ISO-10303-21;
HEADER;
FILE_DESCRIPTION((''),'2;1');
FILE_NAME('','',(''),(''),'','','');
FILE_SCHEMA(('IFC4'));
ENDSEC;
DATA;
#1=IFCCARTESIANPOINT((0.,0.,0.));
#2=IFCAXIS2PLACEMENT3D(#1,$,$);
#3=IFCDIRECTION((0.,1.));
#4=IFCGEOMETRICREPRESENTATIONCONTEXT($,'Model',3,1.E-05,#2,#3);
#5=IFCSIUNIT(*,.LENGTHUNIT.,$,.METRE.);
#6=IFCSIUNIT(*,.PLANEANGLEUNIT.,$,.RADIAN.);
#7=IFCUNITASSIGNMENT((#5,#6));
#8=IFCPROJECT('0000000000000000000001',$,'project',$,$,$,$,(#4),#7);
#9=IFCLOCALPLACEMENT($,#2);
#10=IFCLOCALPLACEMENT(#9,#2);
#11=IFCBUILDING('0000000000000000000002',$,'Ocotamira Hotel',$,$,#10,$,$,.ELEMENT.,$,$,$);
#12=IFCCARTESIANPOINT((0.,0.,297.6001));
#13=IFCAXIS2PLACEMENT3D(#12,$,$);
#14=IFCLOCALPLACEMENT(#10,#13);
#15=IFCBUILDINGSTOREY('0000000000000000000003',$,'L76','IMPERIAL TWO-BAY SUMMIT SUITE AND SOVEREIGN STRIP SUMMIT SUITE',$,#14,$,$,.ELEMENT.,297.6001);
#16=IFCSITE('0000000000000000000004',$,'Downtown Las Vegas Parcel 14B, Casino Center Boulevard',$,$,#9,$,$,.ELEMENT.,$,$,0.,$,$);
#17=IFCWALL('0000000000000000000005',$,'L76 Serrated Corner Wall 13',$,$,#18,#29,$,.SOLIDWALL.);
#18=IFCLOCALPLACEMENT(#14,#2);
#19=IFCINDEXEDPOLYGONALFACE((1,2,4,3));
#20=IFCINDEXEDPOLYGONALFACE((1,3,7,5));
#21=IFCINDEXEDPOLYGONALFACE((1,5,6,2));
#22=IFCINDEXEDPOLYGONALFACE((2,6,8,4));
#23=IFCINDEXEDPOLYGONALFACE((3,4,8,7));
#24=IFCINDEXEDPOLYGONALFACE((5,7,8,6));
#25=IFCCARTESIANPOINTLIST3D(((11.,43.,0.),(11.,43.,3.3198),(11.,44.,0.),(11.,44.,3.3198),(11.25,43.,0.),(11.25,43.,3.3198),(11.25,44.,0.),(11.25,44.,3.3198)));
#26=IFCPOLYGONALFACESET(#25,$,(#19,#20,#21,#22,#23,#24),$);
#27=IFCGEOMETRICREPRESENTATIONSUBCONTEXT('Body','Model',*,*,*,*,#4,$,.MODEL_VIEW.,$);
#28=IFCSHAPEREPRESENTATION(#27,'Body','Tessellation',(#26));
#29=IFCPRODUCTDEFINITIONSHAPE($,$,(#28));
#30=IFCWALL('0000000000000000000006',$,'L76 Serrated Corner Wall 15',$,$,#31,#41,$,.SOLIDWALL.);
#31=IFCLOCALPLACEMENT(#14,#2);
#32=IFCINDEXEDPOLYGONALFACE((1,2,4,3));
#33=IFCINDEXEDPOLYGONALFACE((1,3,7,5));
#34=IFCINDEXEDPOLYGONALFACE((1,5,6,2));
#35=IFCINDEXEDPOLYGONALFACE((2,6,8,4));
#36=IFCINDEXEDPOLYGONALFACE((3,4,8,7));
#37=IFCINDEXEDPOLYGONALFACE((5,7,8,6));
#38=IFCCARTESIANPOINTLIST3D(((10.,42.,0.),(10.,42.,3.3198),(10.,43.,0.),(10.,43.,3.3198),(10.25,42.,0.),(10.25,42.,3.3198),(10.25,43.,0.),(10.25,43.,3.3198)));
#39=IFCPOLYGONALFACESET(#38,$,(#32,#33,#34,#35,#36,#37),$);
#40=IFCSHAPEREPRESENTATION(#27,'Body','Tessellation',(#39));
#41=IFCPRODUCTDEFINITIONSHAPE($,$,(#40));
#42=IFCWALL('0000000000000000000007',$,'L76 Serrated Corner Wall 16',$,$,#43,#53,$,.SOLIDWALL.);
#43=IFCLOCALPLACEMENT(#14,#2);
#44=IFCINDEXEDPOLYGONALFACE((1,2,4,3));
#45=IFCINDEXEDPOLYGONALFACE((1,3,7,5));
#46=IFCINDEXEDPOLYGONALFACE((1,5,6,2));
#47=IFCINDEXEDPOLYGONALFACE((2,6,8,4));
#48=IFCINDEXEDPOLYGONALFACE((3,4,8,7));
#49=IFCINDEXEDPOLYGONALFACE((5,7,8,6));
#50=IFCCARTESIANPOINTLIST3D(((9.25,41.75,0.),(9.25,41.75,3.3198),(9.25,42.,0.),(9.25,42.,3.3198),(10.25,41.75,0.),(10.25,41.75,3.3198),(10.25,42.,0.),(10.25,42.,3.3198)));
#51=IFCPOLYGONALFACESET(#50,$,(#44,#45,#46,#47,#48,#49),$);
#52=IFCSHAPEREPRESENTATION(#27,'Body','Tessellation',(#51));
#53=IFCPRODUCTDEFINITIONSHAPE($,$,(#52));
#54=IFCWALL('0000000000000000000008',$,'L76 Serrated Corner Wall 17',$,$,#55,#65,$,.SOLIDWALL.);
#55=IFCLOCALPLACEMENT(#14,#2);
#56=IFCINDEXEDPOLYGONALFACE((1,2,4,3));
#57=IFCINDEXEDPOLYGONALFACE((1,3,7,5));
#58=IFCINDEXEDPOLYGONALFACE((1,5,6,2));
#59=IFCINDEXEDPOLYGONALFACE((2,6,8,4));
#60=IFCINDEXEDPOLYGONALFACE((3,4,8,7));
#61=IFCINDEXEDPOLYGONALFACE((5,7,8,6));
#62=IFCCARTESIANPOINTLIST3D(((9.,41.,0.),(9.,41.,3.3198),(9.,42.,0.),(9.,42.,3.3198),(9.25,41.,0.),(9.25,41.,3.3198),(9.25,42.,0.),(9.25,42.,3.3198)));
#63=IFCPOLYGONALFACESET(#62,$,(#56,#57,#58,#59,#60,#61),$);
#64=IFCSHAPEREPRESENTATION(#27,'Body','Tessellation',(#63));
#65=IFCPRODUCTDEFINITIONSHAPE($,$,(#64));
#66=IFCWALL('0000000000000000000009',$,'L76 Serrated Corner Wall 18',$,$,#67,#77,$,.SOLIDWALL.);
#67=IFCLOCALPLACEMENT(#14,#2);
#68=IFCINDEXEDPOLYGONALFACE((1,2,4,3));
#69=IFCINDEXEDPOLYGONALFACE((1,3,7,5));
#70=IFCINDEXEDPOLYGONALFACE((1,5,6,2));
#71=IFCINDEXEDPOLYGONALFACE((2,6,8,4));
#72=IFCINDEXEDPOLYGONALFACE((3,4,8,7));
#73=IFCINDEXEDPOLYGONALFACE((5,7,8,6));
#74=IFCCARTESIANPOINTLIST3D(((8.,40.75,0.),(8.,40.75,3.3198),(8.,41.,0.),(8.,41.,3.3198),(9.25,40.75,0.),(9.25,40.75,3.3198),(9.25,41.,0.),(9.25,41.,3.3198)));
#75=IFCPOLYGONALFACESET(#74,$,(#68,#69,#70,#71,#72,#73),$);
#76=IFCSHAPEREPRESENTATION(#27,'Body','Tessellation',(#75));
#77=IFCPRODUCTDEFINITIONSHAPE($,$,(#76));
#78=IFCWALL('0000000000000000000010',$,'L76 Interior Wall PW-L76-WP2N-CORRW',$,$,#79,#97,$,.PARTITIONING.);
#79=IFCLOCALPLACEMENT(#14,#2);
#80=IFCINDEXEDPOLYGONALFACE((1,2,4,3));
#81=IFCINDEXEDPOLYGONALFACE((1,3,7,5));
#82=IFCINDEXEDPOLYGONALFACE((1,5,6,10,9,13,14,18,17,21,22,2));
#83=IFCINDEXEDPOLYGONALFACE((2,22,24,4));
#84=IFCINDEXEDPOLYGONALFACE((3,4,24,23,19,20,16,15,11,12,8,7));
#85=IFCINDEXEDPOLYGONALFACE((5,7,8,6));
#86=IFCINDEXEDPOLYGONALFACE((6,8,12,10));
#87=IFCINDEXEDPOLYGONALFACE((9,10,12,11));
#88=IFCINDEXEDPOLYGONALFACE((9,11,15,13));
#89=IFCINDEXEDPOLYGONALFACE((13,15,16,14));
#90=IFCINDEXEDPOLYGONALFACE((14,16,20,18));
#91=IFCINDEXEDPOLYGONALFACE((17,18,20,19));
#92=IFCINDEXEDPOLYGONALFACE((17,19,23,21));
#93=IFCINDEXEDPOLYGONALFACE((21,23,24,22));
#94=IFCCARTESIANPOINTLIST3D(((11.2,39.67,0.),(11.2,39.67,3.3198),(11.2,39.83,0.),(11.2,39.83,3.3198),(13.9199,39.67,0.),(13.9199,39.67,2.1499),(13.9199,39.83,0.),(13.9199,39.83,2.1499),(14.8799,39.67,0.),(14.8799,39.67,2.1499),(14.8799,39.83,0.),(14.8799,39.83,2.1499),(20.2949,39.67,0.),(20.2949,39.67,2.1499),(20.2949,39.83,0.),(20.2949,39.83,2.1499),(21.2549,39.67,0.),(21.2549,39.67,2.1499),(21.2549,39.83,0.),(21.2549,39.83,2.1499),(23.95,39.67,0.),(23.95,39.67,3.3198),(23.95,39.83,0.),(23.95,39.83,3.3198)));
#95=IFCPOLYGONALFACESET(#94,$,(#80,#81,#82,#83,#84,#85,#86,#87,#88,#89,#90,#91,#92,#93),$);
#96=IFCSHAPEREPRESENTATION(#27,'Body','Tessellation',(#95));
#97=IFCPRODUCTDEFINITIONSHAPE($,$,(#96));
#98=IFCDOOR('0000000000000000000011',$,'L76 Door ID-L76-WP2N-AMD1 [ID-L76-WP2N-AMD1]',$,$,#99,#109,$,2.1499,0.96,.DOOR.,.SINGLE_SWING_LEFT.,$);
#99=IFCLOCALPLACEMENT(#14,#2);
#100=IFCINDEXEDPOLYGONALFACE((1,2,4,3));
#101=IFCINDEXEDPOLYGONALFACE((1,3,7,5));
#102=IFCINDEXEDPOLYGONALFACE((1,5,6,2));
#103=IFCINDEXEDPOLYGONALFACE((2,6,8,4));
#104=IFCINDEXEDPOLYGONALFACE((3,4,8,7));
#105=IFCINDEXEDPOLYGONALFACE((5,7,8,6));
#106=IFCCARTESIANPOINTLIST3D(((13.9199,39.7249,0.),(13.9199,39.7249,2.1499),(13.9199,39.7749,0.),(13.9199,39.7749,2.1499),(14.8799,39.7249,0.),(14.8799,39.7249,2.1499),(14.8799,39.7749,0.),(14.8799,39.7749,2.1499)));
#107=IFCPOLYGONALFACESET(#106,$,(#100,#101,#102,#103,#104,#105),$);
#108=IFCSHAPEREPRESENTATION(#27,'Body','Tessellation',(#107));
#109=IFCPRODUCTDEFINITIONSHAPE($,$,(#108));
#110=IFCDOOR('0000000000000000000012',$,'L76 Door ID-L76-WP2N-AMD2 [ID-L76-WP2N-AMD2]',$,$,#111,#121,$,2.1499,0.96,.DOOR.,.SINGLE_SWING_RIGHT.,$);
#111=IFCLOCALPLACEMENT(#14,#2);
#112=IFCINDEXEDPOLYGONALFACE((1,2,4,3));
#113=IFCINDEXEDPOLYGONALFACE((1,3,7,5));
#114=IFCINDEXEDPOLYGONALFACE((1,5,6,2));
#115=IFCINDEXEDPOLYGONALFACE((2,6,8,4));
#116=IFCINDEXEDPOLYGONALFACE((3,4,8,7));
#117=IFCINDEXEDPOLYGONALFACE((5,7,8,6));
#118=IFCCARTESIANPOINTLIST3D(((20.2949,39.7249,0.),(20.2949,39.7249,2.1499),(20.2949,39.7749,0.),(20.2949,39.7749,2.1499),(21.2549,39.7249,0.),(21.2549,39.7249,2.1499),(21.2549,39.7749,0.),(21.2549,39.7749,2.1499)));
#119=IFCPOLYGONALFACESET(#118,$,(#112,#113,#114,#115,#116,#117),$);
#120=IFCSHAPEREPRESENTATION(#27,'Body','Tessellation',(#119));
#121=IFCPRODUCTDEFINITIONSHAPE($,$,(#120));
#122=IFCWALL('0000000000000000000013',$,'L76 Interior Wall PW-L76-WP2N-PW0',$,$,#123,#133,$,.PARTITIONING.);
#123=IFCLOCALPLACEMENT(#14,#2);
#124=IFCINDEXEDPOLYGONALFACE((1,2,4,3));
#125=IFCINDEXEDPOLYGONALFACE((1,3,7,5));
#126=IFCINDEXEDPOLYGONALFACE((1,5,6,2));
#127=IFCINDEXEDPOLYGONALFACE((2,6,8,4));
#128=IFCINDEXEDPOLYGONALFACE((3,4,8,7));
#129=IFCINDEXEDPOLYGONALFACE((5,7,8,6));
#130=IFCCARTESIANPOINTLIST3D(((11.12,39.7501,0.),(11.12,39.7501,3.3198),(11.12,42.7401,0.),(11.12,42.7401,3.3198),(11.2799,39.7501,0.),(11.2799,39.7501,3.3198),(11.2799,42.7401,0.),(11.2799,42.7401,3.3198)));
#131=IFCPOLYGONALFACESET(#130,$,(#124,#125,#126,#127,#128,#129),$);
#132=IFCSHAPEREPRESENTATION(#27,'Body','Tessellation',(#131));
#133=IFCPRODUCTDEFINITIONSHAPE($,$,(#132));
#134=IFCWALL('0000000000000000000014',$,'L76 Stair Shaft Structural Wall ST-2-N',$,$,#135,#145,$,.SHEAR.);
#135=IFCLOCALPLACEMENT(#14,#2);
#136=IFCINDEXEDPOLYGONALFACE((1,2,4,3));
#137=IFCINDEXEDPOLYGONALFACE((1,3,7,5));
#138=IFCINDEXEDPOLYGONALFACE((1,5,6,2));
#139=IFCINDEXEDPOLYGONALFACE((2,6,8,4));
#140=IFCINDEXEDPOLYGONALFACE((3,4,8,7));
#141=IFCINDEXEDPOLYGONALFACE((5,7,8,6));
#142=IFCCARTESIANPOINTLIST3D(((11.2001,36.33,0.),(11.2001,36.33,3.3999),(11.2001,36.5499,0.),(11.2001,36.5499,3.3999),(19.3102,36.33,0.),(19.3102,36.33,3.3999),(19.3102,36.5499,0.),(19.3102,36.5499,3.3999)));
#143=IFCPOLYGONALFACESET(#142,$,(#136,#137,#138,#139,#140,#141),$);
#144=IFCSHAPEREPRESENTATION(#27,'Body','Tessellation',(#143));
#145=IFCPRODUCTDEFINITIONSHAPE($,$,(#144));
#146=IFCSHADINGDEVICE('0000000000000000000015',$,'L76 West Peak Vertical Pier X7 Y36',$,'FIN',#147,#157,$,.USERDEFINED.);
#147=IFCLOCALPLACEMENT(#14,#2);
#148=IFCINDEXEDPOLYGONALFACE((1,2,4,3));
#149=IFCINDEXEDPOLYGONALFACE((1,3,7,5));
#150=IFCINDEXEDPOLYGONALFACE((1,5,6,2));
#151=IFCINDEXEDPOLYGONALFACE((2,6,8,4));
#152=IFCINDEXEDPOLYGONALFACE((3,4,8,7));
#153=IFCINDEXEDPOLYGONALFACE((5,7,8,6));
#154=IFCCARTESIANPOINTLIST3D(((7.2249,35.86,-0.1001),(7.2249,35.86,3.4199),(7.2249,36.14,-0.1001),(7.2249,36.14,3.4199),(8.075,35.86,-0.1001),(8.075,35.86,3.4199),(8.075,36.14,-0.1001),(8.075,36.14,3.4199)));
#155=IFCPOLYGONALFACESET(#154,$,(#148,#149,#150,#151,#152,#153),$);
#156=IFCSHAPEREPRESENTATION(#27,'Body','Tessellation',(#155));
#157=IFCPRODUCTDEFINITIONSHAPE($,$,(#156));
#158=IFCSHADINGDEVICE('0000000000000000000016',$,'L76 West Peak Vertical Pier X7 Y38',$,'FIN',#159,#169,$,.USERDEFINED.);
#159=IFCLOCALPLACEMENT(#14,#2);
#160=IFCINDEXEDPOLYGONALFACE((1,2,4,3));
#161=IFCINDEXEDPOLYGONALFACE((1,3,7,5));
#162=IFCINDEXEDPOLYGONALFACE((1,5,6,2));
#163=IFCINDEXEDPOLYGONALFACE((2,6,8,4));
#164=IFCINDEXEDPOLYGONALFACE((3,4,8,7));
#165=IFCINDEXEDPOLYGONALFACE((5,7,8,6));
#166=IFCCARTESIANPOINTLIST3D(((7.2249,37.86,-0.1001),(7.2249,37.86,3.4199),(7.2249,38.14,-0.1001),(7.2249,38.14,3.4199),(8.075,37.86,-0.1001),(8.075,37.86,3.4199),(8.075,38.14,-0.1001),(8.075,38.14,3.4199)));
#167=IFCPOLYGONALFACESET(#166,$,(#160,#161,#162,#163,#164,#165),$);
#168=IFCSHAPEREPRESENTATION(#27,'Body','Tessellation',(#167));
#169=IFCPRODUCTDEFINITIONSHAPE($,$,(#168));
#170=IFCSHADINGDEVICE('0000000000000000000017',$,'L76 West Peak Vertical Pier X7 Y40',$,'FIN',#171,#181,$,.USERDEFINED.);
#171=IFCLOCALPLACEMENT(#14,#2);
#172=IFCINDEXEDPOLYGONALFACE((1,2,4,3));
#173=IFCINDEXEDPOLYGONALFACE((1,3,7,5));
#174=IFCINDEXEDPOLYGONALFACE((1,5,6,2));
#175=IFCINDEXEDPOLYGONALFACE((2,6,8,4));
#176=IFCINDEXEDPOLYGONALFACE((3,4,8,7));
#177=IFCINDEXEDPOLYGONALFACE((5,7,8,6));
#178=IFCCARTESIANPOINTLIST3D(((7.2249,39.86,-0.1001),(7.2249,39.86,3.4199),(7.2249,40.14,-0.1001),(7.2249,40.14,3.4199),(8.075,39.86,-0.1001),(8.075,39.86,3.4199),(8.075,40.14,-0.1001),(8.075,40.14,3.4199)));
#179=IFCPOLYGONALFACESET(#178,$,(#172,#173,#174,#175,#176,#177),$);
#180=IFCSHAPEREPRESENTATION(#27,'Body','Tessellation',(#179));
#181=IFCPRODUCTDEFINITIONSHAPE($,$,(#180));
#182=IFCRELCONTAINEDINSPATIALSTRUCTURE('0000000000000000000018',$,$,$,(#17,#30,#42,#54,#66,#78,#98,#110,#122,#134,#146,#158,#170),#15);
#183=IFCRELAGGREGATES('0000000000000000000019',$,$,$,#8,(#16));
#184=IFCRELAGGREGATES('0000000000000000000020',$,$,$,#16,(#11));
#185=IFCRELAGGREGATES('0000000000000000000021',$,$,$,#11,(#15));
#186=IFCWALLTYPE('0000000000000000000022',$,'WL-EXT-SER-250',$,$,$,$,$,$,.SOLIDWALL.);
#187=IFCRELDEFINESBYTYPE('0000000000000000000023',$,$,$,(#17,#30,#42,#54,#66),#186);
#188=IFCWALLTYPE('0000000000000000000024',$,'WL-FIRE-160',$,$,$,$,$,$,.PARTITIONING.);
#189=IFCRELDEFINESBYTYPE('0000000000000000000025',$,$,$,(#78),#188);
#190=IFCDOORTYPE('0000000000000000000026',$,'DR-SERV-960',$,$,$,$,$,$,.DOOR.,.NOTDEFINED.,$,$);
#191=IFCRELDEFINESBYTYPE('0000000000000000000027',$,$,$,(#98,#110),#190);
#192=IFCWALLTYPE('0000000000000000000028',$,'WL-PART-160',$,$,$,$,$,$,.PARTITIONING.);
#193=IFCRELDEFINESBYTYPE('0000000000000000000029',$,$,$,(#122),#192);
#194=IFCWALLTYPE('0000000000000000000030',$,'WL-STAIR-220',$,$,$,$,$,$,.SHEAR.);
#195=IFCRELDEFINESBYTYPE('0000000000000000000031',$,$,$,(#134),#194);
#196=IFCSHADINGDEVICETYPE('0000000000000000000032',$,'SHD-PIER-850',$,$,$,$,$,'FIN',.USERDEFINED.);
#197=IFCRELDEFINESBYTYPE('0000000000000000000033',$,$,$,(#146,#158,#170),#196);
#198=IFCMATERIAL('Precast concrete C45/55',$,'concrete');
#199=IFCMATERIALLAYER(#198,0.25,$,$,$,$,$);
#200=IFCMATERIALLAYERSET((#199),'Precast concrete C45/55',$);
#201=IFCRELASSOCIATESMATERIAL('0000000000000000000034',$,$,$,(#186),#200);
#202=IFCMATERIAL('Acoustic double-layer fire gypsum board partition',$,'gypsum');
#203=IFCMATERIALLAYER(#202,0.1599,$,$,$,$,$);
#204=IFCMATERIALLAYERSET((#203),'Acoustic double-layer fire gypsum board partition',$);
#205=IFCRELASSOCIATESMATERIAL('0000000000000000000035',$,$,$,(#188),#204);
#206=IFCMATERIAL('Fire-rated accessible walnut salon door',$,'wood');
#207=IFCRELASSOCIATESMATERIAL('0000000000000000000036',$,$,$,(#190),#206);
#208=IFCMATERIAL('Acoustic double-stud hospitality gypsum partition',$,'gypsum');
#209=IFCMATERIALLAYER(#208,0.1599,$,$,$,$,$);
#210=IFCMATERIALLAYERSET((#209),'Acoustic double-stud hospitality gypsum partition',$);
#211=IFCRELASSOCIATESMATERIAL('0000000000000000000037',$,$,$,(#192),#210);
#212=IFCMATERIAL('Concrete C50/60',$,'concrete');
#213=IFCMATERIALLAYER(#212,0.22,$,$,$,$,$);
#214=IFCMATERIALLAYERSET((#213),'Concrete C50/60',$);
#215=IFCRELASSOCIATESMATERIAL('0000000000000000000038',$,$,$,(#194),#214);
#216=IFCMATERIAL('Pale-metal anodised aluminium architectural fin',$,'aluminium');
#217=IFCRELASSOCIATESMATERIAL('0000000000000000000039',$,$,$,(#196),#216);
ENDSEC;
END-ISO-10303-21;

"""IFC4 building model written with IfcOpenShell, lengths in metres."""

from ifc_helpers import new_model, si_unit, direction, frame, frame_2d, origin, origin_2d, place, context, subcontext, project, spatial, rectangle, extrude, source, transform, mapped, material, layer, layer_set, type_object, element, fill, save


model = new_model("IFC4")

# Units and contexts
model_context = context("Model", 3, precision=1e-05, world=origin(), true_north=direction((0.0, 1.0)))
body_context = subcontext(model_context, "Body", "Model", "MODEL_VIEW")
ifc_project = project(units=[si_unit("LENGTHUNIT", "METRE"), si_unit("PLANEANGLEUNIT", "RADIAN")], contexts=[model_context])

# Site, building, storey
site_placement = place(None, origin())
site = spatial("IfcSite", under=ifc_project, at=site_placement, Name="Downtown Las Vegas Parcel 14B, Casino Center Boulevard", CompositionType="ELEMENT", RefElevation=0.0)
building_placement = place(site_placement, origin())
building = spatial("IfcBuilding", under=site, at=building_placement, Name="Ocotamira Hotel", CompositionType="ELEMENT")
storey_placement = place(building_placement, frame((0.0, 0.0, 297.6001)))
storey = spatial("IfcBuildingStorey", under=building, at=storey_placement, Name="L76", Description="IMPERIAL TWO-BAY SUMMIT SUITE AND SOVEREIGN STRIP SUMMIT SUITE", CompositionType="ELEMENT", Elevation=297.6001)

# Shared definitions
ifc_material_1 = material(Name="Concrete C50/60", Category="concrete")

# Walls
ifc_material_2 = material(Name="Precast concrete C45/55", Category="concrete")
ifc_layer_1 = layer(ifc_material_2, 0.25)
ifc_layer_set_1 = layer_set([ifc_layer_1], Name="Precast concrete C45/55")
wall_type_1 = type_object("IfcWallType", Name="WL-EXT-SER-250", PredefinedType="SOLIDWALL", material=ifc_layer_set_1)
for number, where, z_axis, x_axis, name in (
    (1, (11.125, 44.0, 0.0), (0.0, 0.0, 1.0), (0.0, -1.0, 0.0), "L76 Serrated Corner Wall 13"),
    (2, (10.125, 43.0, 0.0), (0.0, 0.0, 1.0), (0.0, -1.0, 0.0), "L76 Serrated Corner Wall 15"),
    (3, (10.25, 41.875, 0.0), (0.0, 0.0, 1.0), (-1.0, 0.0, 0.0), "L76 Serrated Corner Wall 16"),
    (4, (9.125, 42.0, 0.0), (0.0, 0.0, 1.0), (0.0, -1.0, 0.0), "L76 Serrated Corner Wall 17"),
):
    element("IfcWall", number, at=place(storey_placement, frame(where, z_axis=z_axis, x_axis=x_axis)), inside=storey, type_object=wall_type_1, Name=name, PredefinedType="SOLIDWALL", context=body_context, shape_type="SweptSolid", body=[
        extrude(rectangle(XDim=1.0, YDim=0.25, at=frame_2d((0.5, 0.0))), origin(), (0.0, 0.0, 1.0), 3.3198),
    ])
wall_1_placement = place(storey_placement, frame((9.25, 40.875, 0.0), z_axis=(0.0, 0.0, 1.0), x_axis=(-1.0, 0.0, 0.0)))
element("IfcWall", 5, at=wall_1_placement, inside=storey, type_object=wall_type_1, Name="L76 Serrated Corner Wall 18", PredefinedType="SOLIDWALL", context=body_context, shape_type="SweptSolid", body=[
    extrude(rectangle(XDim=1.25, YDim=0.25, at=frame_2d((0.625, 0.0))), origin(), (0.0, 0.0, 1.0), 3.3198),
])

# Wall, openings, doors
ifc_material_3 = material(Name="Acoustic double-layer fire gypsum board partition", Category="gypsum")
ifc_layer_2 = layer(ifc_material_3, 0.1599)
ifc_layer_set_2 = layer_set([ifc_layer_2], Name="Acoustic double-layer fire gypsum board partition")
wall_type_2 = type_object("IfcWallType", Name="WL-FIRE-160", PredefinedType="PARTITIONING", material=ifc_layer_set_2)
wall_2_placement = place(storey_placement, frame((11.2, 39.75, 0.0), z_axis=(0.0, 0.0, 1.0), x_axis=(1.0, 0.0, 0.0)))
wall_2 = element("IfcWall", 6, at=wall_2_placement, inside=storey, type_object=wall_type_2, Name="L76 Interior Wall PW-L76-WP2N-CORRW", PredefinedType="PARTITIONING", context=body_context, shape_type="SweptSolid", body=[
    extrude(rectangle(XDim=12.75, YDim=0.1599, at=frame_2d((6.375, 0.0))), origin(), (0.0, 0.0, 1.0), 3.3198),
])
opening_1_placement = place(wall_2_placement, frame((2.72, 0.0, 0.0)))
opening_1 = element("IfcOpeningElement", 7, at=opening_1_placement, cuts=wall_2, PredefinedType="OPENING", context=body_context, shape_type="SweptSolid", body=[
    extrude(rectangle(XDim=0.96, YDim=2.1499, at=frame_2d((0.48, 1.075))), frame((0.0, 0.0898, 0.0), z_axis=(0.0, -1.0, 0.0), x_axis=(1.0, 0.0, 0.0)), (0.0, 0.0, 1.0), 0.1799),
])
opening_2_placement = place(wall_2_placement, frame((9.095, 0.0, 0.0)))
opening_2 = element("IfcOpeningElement", 8, at=opening_2_placement, cuts=wall_2, PredefinedType="OPENING", context=body_context, shape_type="SweptSolid", body=[
    extrude(rectangle(XDim=0.96, YDim=2.1499, at=frame_2d((0.48, 1.075))), frame((0.0, 0.0898, 0.0), z_axis=(0.0, -1.0, 0.0), x_axis=(1.0, 0.0, 0.0)), (0.0, 0.0, 1.0), 0.1799),
])
ifc_material_4 = material(Name="Fire-rated accessible walnut salon door", Category="wood")
door_type_1 = type_object("IfcDoorType", Name="DR-SERV-960", OperationType="NOTDEFINED", PredefinedType="DOOR", material=ifc_material_4)
shared_shape_1 = source(origin(), body_context, "Body", "SweptSolid", [
    extrude(rectangle(XDim=0.96, YDim=2.1499, at=frame_2d((0.48, 1.075))), frame((0.0, 0.0249, 0.0), z_axis=(0.0, -1.0, 0.0), x_axis=(1.0, 0.0, 0.0)), (0.0, 0.0, 1.0), 0.05),
])
door_1_placement = place(opening_1_placement, origin())
door_1 = element("IfcDoor", 9, at=door_1_placement, inside=storey, type_object=door_type_1, Name="L76 Door ID-L76-WP2N-AMD1 [ID-L76-WP2N-AMD1]", OperationType="SINGLE_SWING_LEFT", OverallHeight=2.1499, OverallWidth=0.96, PredefinedType="DOOR", context=body_context, shape_type="MappedRepresentation", body=[
    mapped(shared_shape_1, transform((0.0, 0.0, 0.0), scale=1.0)),
])
fill(opening_1, door_1)
door_2_placement = place(opening_2_placement, origin())
door_2 = element("IfcDoor", 10, at=door_2_placement, inside=storey, type_object=door_type_1, Name="L76 Door ID-L76-WP2N-AMD2 [ID-L76-WP2N-AMD2]", OperationType="SINGLE_SWING_RIGHT", OverallHeight=2.1499, OverallWidth=0.96, PredefinedType="DOOR", context=body_context, shape_type="MappedRepresentation", body=[
    mapped(shared_shape_1, transform((0.0, 0.0, 0.0), scale=1.0)),
])
fill(opening_2, door_2)

# Walls
ifc_material_5 = material(Name="Acoustic double-stud hospitality gypsum partition", Category="gypsum")
ifc_layer_3 = layer(ifc_material_5, 0.1599)
ifc_layer_set_3 = layer_set([ifc_layer_3], Name="Acoustic double-stud hospitality gypsum partition")
wall_type_3 = type_object("IfcWallType", Name="WL-PART-160", PredefinedType="PARTITIONING", material=ifc_layer_set_3)
wall_3_placement = place(storey_placement, frame((11.2, 39.75, 0.0), z_axis=(0.0, 0.0, 1.0), x_axis=(0.0, 1.0, 0.0)))
element("IfcWall", 11, at=wall_3_placement, inside=storey, type_object=wall_type_3, Name="L76 Interior Wall PW-L76-WP2N-PW0", PredefinedType="PARTITIONING", context=body_context, shape_type="SweptSolid", body=[
    extrude(rectangle(XDim=2.99, YDim=0.1599, at=frame_2d((1.4951, 0.0))), origin(), (0.0, 0.0, 1.0), 3.3198),
])
ifc_layer_4 = layer(ifc_material_1, 0.22)
ifc_layer_set_4 = layer_set([ifc_layer_4], Name="Concrete C50/60")
wall_type_4 = type_object("IfcWallType", Name="WL-STAIR-220", PredefinedType="SHEAR", material=ifc_layer_set_4)
wall_4_placement = place(storey_placement, frame((11.2, 36.4399, 0.0), z_axis=(0.0, 0.0, 1.0), x_axis=(1.0, 0.0, 0.0)))
element("IfcWall", 12, at=wall_4_placement, inside=storey, type_object=wall_type_4, Name="L76 Stair Shaft Structural Wall ST-2-N", PredefinedType="SHEAR", context=body_context, shape_type="SweptSolid", body=[
    extrude(rectangle(XDim=8.1101, YDim=0.22, at=frame_2d((4.0552, 0.0))), origin(), (0.0, 0.0, 1.0), 3.3999),
])

# Shading devices
ifc_material_6 = material(Name="Pale-metal anodised aluminium architectural fin", Category="aluminium")
shading_device_type = type_object("IfcShadingDeviceType", Name="SHD-PIER-850", ElementType="FIN", PredefinedType="USERDEFINED", material=ifc_material_6)
shared_shape_2 = source(origin(), body_context, "Body", "SweptSolid", [
    extrude(rectangle(XDim=0.8501, YDim=0.28, at=origin_2d()), origin(), (0.0, 0.0, 1.0), 3.52),
])
for number, where, z_axis, x_axis, name in (
    (13, (7.6499, 36.0, -0.1001), (0.0, 0.0, 1.0), (1.0, 0.0, 0.0), "L76 West Peak Vertical Pier X7 Y36"),
    (14, (7.6499, 38.0, -0.1001), (0.0, 0.0, 1.0), (1.0, 0.0, 0.0), "L76 West Peak Vertical Pier X7 Y38"),
    (15, (7.6499, 40.0, -0.1001), (0.0, 0.0, 1.0), (1.0, 0.0, 0.0), "L76 West Peak Vertical Pier X7 Y40"),
):
    element("IfcShadingDevice", number, at=place(storey_placement, frame(where, z_axis=z_axis, x_axis=x_axis)), inside=storey, type_object=shading_device_type, Name=name, ObjectType="FIN", PredefinedType="USERDEFINED", context=body_context, shape_type="MappedRepresentation", body=[
        mapped(shared_shape_2, transform((0.0, 0.0, 0.0), scale=1.0)),
    ])

save(model, "model.ifc")
